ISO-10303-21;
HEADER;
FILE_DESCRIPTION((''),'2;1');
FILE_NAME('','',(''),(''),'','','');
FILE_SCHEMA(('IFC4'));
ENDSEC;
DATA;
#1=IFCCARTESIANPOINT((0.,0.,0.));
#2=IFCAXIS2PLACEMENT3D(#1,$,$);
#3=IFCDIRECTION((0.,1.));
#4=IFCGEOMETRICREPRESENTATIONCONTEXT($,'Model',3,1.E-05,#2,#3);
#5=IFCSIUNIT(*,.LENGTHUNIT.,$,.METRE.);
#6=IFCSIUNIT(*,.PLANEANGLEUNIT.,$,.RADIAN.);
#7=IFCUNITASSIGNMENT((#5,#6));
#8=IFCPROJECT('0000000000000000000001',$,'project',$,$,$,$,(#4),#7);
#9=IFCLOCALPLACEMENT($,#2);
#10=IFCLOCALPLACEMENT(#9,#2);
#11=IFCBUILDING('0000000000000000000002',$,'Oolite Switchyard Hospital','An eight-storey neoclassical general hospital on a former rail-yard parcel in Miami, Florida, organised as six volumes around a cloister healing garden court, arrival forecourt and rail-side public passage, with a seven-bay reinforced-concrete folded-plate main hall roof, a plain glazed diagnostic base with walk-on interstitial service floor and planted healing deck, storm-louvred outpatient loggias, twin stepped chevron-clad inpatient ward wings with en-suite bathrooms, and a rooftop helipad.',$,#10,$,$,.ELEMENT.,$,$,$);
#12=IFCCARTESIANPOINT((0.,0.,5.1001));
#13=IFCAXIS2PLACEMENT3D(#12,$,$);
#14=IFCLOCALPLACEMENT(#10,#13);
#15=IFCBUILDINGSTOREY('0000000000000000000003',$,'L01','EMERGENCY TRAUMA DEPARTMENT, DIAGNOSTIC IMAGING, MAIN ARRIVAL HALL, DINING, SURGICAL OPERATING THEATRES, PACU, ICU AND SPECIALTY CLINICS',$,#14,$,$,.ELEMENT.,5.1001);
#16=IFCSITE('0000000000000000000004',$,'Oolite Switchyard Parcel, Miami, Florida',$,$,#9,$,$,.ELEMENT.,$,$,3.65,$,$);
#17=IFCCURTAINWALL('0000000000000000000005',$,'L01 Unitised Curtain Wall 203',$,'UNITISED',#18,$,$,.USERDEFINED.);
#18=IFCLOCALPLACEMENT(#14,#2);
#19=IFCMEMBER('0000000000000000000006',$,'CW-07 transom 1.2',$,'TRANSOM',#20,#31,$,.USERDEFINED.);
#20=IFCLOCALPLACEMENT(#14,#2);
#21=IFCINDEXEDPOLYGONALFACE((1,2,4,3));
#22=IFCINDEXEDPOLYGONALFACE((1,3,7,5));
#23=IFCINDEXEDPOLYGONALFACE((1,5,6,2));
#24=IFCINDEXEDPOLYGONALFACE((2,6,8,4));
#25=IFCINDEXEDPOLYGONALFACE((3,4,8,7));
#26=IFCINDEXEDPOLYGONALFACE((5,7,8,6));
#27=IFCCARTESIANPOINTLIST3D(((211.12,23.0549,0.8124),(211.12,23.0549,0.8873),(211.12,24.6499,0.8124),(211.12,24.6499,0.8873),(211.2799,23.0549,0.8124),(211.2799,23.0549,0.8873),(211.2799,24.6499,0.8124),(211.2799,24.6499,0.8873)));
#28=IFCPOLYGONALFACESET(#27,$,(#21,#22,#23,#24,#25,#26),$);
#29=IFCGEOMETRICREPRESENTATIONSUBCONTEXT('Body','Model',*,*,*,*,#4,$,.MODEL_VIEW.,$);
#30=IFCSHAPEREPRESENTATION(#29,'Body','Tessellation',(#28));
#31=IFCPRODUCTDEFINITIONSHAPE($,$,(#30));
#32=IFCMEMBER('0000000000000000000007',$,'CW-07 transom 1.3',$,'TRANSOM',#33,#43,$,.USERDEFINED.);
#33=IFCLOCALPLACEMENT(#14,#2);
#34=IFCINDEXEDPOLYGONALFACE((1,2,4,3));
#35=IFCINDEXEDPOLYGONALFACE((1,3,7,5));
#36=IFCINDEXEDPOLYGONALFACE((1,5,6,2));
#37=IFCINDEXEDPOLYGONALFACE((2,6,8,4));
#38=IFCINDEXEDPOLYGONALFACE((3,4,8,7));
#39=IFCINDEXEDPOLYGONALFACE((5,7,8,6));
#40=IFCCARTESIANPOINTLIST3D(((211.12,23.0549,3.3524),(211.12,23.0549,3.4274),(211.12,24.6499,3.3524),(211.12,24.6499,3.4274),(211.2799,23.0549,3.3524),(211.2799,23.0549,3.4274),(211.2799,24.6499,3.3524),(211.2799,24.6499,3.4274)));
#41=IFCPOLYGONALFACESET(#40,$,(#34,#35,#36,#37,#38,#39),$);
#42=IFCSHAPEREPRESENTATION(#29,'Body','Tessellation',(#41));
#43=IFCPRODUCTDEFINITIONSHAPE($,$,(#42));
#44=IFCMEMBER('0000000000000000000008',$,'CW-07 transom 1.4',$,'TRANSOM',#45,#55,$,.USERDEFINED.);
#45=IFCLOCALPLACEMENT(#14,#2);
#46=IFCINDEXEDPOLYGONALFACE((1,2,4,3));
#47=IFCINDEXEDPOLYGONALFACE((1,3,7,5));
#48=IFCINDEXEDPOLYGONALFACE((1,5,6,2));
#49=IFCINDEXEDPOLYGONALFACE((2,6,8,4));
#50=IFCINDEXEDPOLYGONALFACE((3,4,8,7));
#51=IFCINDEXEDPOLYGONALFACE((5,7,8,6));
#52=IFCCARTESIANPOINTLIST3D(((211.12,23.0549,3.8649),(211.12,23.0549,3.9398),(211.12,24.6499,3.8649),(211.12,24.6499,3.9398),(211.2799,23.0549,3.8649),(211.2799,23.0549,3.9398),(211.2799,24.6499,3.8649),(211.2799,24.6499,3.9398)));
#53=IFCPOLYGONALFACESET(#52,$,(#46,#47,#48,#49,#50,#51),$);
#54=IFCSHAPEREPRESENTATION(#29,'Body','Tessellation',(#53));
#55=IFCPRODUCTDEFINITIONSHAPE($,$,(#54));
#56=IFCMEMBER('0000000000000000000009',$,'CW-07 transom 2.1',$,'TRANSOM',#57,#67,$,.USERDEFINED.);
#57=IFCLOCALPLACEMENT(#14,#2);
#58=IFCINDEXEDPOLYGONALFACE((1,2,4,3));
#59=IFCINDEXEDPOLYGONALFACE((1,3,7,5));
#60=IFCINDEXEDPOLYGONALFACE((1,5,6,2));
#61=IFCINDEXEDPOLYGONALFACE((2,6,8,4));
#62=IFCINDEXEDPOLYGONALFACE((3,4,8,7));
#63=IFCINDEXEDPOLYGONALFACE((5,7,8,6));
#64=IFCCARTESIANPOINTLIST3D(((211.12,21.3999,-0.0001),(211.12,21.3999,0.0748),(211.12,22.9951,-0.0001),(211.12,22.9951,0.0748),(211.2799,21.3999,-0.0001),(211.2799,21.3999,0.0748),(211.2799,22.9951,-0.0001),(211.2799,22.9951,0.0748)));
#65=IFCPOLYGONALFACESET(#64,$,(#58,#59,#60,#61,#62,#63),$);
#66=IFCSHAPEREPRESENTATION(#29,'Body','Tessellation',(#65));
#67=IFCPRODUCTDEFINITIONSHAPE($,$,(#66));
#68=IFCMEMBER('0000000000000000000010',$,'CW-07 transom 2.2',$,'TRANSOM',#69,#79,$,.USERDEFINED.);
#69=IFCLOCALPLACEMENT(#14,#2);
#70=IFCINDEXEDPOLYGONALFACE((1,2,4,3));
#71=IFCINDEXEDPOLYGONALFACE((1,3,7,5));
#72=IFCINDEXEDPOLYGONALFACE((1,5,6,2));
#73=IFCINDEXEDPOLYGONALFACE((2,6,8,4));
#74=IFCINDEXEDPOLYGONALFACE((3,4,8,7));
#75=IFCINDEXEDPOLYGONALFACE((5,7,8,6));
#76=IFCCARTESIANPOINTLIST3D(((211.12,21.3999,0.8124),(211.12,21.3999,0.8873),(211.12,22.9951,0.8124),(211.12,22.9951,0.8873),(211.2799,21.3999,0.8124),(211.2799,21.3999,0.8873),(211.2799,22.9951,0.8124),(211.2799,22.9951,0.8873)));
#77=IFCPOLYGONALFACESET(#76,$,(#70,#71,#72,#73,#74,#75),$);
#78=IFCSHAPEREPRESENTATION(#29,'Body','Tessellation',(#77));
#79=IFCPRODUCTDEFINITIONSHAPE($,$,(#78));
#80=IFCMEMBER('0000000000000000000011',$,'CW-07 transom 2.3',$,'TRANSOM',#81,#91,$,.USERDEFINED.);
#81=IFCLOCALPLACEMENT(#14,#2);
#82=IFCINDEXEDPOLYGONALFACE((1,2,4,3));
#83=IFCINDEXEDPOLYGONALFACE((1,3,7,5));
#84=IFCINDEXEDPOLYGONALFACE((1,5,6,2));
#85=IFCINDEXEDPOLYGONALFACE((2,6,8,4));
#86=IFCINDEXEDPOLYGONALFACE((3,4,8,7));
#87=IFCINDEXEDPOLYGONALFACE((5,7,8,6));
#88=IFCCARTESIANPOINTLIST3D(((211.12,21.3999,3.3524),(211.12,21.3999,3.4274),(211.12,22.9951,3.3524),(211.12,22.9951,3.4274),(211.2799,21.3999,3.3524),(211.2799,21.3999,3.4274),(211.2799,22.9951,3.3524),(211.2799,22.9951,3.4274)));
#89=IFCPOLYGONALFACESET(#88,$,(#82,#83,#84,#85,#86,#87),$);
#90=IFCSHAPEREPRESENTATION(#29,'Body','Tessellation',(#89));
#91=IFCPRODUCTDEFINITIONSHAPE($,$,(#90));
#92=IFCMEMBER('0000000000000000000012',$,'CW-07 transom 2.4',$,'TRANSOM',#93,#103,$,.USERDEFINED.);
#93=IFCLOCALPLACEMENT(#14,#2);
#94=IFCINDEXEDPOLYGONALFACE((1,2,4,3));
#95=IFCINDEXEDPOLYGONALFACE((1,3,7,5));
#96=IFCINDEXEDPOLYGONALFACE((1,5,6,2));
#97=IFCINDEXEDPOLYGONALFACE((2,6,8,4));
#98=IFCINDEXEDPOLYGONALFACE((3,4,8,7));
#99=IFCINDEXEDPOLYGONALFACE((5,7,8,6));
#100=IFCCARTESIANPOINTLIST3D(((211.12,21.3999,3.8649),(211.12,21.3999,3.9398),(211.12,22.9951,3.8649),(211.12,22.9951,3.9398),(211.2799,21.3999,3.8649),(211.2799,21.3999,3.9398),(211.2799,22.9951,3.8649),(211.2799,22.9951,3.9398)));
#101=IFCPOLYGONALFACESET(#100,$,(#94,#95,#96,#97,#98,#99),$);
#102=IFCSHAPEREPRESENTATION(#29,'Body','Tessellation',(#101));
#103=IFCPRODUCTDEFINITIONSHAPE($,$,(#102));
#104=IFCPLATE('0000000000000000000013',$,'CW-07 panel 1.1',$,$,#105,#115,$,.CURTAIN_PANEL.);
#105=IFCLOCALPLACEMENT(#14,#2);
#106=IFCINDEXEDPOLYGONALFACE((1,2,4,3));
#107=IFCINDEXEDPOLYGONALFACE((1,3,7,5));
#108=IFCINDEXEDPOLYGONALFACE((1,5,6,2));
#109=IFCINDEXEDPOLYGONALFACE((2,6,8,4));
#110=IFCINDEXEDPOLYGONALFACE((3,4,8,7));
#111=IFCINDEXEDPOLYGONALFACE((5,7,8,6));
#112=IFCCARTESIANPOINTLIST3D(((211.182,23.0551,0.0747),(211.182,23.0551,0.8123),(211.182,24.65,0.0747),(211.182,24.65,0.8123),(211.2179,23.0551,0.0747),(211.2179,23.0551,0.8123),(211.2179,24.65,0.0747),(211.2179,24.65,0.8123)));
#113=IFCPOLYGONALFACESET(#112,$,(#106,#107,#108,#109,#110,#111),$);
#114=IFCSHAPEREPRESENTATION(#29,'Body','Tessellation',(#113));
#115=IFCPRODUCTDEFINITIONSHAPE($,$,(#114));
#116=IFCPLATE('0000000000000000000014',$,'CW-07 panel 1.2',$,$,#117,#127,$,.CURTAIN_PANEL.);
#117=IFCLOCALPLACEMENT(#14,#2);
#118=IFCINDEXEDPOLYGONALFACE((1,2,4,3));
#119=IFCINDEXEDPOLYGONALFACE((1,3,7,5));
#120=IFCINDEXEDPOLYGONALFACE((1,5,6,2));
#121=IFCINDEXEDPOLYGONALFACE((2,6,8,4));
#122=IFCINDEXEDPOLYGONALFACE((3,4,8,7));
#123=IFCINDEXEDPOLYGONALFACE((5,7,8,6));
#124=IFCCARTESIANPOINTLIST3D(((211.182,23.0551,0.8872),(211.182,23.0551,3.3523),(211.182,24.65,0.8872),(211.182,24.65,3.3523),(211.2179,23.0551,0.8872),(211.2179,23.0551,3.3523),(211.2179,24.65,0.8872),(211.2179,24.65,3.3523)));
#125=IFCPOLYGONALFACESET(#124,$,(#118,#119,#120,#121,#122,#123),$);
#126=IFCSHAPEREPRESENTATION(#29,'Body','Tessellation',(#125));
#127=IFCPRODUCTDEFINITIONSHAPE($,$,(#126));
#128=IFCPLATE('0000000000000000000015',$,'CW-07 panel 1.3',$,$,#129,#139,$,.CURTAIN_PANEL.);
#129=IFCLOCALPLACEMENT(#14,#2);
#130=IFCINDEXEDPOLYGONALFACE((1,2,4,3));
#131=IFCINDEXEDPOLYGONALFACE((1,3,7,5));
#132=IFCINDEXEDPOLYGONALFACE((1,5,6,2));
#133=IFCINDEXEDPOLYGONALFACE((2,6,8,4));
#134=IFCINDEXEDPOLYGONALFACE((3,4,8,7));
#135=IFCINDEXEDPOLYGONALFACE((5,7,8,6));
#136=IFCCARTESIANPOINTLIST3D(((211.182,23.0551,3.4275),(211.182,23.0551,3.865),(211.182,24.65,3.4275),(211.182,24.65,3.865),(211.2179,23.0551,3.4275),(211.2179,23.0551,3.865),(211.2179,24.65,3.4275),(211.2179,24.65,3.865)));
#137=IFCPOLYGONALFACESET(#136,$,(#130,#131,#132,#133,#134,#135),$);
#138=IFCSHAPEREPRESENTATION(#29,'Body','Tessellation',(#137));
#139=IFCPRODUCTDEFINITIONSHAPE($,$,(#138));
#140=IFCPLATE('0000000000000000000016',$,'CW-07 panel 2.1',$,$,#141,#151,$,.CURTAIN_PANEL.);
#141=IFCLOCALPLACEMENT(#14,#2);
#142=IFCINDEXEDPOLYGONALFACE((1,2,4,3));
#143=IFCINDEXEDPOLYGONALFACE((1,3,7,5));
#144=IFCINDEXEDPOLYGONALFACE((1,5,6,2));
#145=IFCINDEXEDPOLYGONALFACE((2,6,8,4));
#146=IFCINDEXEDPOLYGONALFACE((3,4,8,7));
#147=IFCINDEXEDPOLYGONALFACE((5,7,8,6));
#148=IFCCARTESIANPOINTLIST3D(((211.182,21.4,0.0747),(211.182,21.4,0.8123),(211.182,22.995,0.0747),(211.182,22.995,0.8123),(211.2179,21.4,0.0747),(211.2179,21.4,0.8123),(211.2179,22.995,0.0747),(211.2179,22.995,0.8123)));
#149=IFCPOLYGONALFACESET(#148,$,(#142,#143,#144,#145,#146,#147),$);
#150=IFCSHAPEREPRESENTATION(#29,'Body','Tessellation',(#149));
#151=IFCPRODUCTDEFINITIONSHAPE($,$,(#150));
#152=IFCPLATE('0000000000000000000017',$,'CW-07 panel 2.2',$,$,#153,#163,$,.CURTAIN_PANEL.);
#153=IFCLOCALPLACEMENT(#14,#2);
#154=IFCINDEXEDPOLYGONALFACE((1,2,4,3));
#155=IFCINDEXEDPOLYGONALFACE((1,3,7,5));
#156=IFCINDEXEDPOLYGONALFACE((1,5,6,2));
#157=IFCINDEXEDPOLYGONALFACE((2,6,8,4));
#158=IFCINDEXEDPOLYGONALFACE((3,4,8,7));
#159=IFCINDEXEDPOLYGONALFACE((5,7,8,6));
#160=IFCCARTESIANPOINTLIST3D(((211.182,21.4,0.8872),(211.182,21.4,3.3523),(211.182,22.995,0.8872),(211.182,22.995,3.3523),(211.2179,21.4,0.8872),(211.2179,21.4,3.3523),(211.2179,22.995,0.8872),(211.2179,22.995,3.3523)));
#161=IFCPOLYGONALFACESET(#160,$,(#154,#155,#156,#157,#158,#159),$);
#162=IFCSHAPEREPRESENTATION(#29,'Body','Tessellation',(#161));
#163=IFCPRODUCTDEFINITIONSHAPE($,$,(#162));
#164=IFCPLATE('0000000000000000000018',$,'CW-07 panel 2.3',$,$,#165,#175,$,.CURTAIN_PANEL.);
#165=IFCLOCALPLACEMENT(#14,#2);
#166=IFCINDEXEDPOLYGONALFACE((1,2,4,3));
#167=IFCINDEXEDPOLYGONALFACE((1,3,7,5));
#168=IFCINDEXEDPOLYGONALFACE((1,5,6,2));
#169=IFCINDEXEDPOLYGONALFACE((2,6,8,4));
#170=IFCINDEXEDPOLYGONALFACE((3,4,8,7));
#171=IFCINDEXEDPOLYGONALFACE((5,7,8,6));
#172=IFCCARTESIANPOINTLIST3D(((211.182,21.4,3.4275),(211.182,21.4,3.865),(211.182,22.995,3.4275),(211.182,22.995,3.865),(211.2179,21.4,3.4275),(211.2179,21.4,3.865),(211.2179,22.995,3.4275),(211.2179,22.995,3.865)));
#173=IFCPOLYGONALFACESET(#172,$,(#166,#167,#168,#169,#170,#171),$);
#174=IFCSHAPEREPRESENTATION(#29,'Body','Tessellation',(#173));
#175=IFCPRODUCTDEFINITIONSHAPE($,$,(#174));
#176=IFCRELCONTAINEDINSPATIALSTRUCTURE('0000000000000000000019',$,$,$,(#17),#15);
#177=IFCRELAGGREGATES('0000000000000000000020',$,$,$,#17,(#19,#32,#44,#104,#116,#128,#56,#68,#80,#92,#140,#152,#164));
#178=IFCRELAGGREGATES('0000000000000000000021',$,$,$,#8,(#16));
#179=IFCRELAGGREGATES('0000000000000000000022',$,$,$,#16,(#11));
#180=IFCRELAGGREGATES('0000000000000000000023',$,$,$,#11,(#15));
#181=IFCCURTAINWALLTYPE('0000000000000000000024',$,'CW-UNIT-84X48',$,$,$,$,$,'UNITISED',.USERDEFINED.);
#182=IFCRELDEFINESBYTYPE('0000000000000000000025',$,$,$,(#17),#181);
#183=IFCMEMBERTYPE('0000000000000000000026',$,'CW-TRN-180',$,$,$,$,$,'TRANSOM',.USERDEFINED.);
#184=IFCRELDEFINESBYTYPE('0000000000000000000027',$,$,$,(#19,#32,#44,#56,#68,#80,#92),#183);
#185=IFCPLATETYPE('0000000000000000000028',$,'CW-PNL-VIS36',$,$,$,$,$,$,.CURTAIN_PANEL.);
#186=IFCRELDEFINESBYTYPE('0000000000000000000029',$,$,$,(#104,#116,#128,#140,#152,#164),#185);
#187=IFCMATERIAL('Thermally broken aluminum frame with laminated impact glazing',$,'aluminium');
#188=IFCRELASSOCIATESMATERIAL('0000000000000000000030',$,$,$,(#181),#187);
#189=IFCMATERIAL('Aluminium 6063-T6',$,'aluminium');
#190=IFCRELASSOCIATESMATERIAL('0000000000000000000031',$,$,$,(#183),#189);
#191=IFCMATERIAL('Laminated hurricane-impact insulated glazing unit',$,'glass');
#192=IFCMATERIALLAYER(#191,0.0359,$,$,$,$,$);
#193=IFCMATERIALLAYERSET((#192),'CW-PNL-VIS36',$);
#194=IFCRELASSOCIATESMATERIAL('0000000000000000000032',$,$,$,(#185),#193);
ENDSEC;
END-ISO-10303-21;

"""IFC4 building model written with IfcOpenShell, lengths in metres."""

from ifc_helpers import new_model, si_unit, direction, frame, origin, origin_2d, place, context, subcontext, project, spatial, rectangle, extrude, material, layer, layer_set, material_profile, profile_set, type_object, element, aggregate, save


model = new_model("IFC4")

# Units and contexts
model_context = context("Model", 3, precision=1e-05, world=origin(), true_north=direction((0.0, 1.0)))
body_context = subcontext(model_context, "Body", "Model", "MODEL_VIEW")
ifc_project = project(units=[si_unit("LENGTHUNIT", "METRE"), si_unit("PLANEANGLEUNIT", "RADIAN")], contexts=[model_context])

# Site, building, storey
site_placement = place(None, origin())
site = spatial("IfcSite", under=ifc_project, at=site_placement, Name="Oolite Switchyard Parcel, Miami, Florida", CompositionType="ELEMENT", RefElevation=3.65)
building_placement = place(site_placement, origin())
building = spatial("IfcBuilding", under=site, at=building_placement, Name="Oolite Switchyard Hospital", Description="An eight-storey neoclassical general hospital on a former rail-yard parcel in Miami, Florida, organised as six volumes around a cloister healing garden court, arrival forecourt and rail-side public passage, with a seven-bay reinforced-concrete folded-plate main hall roof, a plain glazed diagnostic base with walk-on interstitial service floor and planted healing deck, storm-louvred outpatient loggias, twin stepped chevron-clad inpatient ward wings with en-suite bathrooms, and a rooftop helipad.", CompositionType="ELEMENT")
storey_placement = place(building_placement, frame((0.0, 0.0, 5.1001)))
storey = spatial("IfcBuildingStorey", under=building, at=storey_placement, Name="L01", Description="EMERGENCY TRAUMA DEPARTMENT, DIAGNOSTIC IMAGING, MAIN ARRIVAL HALL, DINING, SURGICAL OPERATING THEATRES, PACU, ICU AND SPECIALTY CLINICS", CompositionType="ELEMENT", Elevation=5.1001)

# Curtain wall
ifc_material_1 = material(Name="Thermally broken aluminum frame with laminated impact glazing", Category="aluminium")
curtain_wall_type = type_object("IfcCurtainWallType", Name="CW-UNIT-84X48", ElementType="UNITISED", PredefinedType="USERDEFINED", material=ifc_material_1)
curtain_wall_1_placement = place(storey_placement, origin())
curtain_wall_1 = element("IfcCurtainWall", 1, at=curtain_wall_1_placement, inside=storey, type_object=curtain_wall_type, Name="L01 Unitised Curtain Wall 203", ObjectType="UNITISED", PredefinedType="USERDEFINED")
ifc_material_2 = material(Name="Aluminium 6063-T6", Category="aluminium")

# Members
ifc_material_profile_1 = material_profile(ifc_material_2, rectangle(XDim=0.1599, YDim=0.075, at=origin_2d()), Name="CWT75X160")
ifc_profile_set_1 = profile_set([ifc_material_profile_1], Name="Aluminium 6063-T6")
member_type_1 = type_object("IfcMemberType", Name="CW-TRN-180", ElementType="TRANSOM", PredefinedType="USERDEFINED", material=ifc_profile_set_1)
member_1_placement = place(storey_placement, frame((211.2, 24.6499, 0.8499), z_axis=(0.0, -1.0, 0.0), x_axis=(1.0, 0.0, 0.0)))
member_1 = element("IfcMember", 2, at=member_1_placement, type_object=member_type_1, Name="CW-07 transom 1.2", ObjectType="TRANSOM", PredefinedType="USERDEFINED", context=body_context, shape_type="SweptSolid", body=[
    extrude(rectangle(XDim=0.1599, YDim=0.075, at=origin_2d()), origin(), (0.0, 0.0, 1.0), 1.595),
])
member_2_placement = place(storey_placement, frame((211.2, 24.6499, 3.3899), z_axis=(0.0, -1.0, 0.0), x_axis=(1.0, 0.0, 0.0)))
member_2 = element("IfcMember", 3, at=member_2_placement, type_object=member_type_1, Name="CW-07 transom 1.3", ObjectType="TRANSOM", PredefinedType="USERDEFINED", context=body_context, shape_type="SweptSolid", body=[
    extrude(rectangle(XDim=0.1599, YDim=0.075, at=origin_2d()), origin(), (0.0, 0.0, 1.0), 1.595),
])
member_3_placement = place(storey_placement, frame((211.2, 24.6499, 3.9023), z_axis=(0.0, -1.0, 0.0), x_axis=(1.0, 0.0, 0.0)))
member_3 = element("IfcMember", 4, at=member_3_placement, type_object=member_type_1, Name="CW-07 transom 1.4", ObjectType="TRANSOM", PredefinedType="USERDEFINED", context=body_context, shape_type="SweptSolid", body=[
    extrude(rectangle(XDim=0.1599, YDim=0.075, at=origin_2d()), origin(), (0.0, 0.0, 1.0), 1.595),
])
member_4_placement = place(storey_placement, frame((211.2, 22.9951, 0.0374), z_axis=(0.0, -1.0, 0.0), x_axis=(1.0, 0.0, 0.0)))
member_4 = element("IfcMember", 5, at=member_4_placement, type_object=member_type_1, Name="CW-07 transom 2.1", ObjectType="TRANSOM", PredefinedType="USERDEFINED", context=body_context, shape_type="SweptSolid", body=[
    extrude(rectangle(XDim=0.1599, YDim=0.075, at=origin_2d()), origin(), (0.0, 0.0, 1.0), 1.5952),
])
member_5_placement = place(storey_placement, frame((211.2, 22.9951, 0.8499), z_axis=(0.0, -1.0, 0.0), x_axis=(1.0, 0.0, 0.0)))
member_5 = element("IfcMember", 6, at=member_5_placement, type_object=member_type_1, Name="CW-07 transom 2.2", ObjectType="TRANSOM", PredefinedType="USERDEFINED", context=body_context, shape_type="SweptSolid", body=[
    extrude(rectangle(XDim=0.1599, YDim=0.075, at=origin_2d()), origin(), (0.0, 0.0, 1.0), 1.5952),
])
member_6_placement = place(storey_placement, frame((211.2, 22.9951, 3.3899), z_axis=(0.0, -1.0, 0.0), x_axis=(1.0, 0.0, 0.0)))
member_6 = element("IfcMember", 7, at=member_6_placement, type_object=member_type_1, Name="CW-07 transom 2.3", ObjectType="TRANSOM", PredefinedType="USERDEFINED", context=body_context, shape_type="SweptSolid", body=[
    extrude(rectangle(XDim=0.1599, YDim=0.075, at=origin_2d()), origin(), (0.0, 0.0, 1.0), 1.5952),
])
member_7_placement = place(storey_placement, frame((211.2, 22.9951, 3.9023), z_axis=(0.0, -1.0, 0.0), x_axis=(1.0, 0.0, 0.0)))
member_7 = element("IfcMember", 8, at=member_7_placement, type_object=member_type_1, Name="CW-07 transom 2.4", ObjectType="TRANSOM", PredefinedType="USERDEFINED", context=body_context, shape_type="SweptSolid", body=[
    extrude(rectangle(XDim=0.1599, YDim=0.075, at=origin_2d()), origin(), (0.0, 0.0, 1.0), 1.5952),
])

# Plates
ifc_material_3 = material(Name="Laminated hurricane-impact insulated glazing unit", Category="glass")
ifc_layer = layer(ifc_material_3, 0.0359)
ifc_layer_set = layer_set([ifc_layer], Name="CW-PNL-VIS36")
plate_type = type_object("IfcPlateType", Name="CW-PNL-VIS36", PredefinedType="CURTAIN_PANEL", material=ifc_layer_set)
plate_1_placement = place(storey_placement, frame((211.2, 23.8525, 0.0747), z_axis=(0.0, 0.0, 1.0), x_axis=(0.0, -1.0, 0.0)))
plate_1 = element("IfcPlate", 9, at=plate_1_placement, type_object=plate_type, Name="CW-07 panel 1.1", PredefinedType="CURTAIN_PANEL", context=body_context, shape_type="SweptSolid", body=[
    extrude(rectangle(XDim=1.595, YDim=0.0359, at=origin_2d()), origin(), (0.0, 0.0, 1.0), 0.7375),
])
plate_2_placement = place(storey_placement, frame((211.2, 23.8525, 0.8872), z_axis=(0.0, 0.0, 1.0), x_axis=(0.0, -1.0, 0.0)))
plate_2 = element("IfcPlate", 10, at=plate_2_placement, type_object=plate_type, Name="CW-07 panel 1.2", PredefinedType="CURTAIN_PANEL", context=body_context, shape_type="SweptSolid", body=[
    extrude(rectangle(XDim=1.595, YDim=0.0359, at=origin_2d()), origin(), (0.0, 0.0, 1.0), 2.4651),
])
plate_3_placement = place(storey_placement, frame((211.2, 23.8525, 3.4275), z_axis=(0.0, 0.0, 1.0), x_axis=(0.0, -1.0, 0.0)))
plate_3 = element("IfcPlate", 11, at=plate_3_placement, type_object=plate_type, Name="CW-07 panel 1.3", PredefinedType="CURTAIN_PANEL", context=body_context, shape_type="SweptSolid", body=[
    extrude(rectangle(XDim=1.595, YDim=0.0359, at=origin_2d()), origin(), (0.0, 0.0, 1.0), 0.4375),
])
plate_4_placement = place(storey_placement, frame((211.2, 22.1975, 0.0747), z_axis=(0.0, 0.0, 1.0), x_axis=(0.0, -1.0, 0.0)))
plate_4 = element("IfcPlate", 12, at=plate_4_placement, type_object=plate_type, Name="CW-07 panel 2.1", PredefinedType="CURTAIN_PANEL", context=body_context, shape_type="SweptSolid", body=[
    extrude(rectangle(XDim=1.595, YDim=0.0359, at=origin_2d()), origin(), (0.0, 0.0, 1.0), 0.7375),
])
plate_5_placement = place(storey_placement, frame((211.2, 22.1975, 0.8872), z_axis=(0.0, 0.0, 1.0), x_axis=(0.0, -1.0, 0.0)))
plate_5 = element("IfcPlate", 13, at=plate_5_placement, type_object=plate_type, Name="CW-07 panel 2.2", PredefinedType="CURTAIN_PANEL", context=body_context, shape_type="SweptSolid", body=[
    extrude(rectangle(XDim=1.595, YDim=0.0359, at=origin_2d()), origin(), (0.0, 0.0, 1.0), 2.4651),
])
plate_6_placement = place(storey_placement, frame((211.2, 22.1975, 3.4275), z_axis=(0.0, 0.0, 1.0), x_axis=(0.0, -1.0, 0.0)))
plate_6 = element("IfcPlate", 14, at=plate_6_placement, type_object=plate_type, Name="CW-07 panel 2.3", PredefinedType="CURTAIN_PANEL", context=body_context, shape_type="SweptSolid", body=[
    extrude(rectangle(XDim=1.595, YDim=0.0359, at=origin_2d()), origin(), (0.0, 0.0, 1.0), 0.4375),
])
aggregate(curtain_wall_1, [member_1, member_2, member_3, plate_1, plate_2, plate_3, member_4, member_5, member_6, member_7, plate_4, plate_5, plate_6])

save(model, "model.ifc")
